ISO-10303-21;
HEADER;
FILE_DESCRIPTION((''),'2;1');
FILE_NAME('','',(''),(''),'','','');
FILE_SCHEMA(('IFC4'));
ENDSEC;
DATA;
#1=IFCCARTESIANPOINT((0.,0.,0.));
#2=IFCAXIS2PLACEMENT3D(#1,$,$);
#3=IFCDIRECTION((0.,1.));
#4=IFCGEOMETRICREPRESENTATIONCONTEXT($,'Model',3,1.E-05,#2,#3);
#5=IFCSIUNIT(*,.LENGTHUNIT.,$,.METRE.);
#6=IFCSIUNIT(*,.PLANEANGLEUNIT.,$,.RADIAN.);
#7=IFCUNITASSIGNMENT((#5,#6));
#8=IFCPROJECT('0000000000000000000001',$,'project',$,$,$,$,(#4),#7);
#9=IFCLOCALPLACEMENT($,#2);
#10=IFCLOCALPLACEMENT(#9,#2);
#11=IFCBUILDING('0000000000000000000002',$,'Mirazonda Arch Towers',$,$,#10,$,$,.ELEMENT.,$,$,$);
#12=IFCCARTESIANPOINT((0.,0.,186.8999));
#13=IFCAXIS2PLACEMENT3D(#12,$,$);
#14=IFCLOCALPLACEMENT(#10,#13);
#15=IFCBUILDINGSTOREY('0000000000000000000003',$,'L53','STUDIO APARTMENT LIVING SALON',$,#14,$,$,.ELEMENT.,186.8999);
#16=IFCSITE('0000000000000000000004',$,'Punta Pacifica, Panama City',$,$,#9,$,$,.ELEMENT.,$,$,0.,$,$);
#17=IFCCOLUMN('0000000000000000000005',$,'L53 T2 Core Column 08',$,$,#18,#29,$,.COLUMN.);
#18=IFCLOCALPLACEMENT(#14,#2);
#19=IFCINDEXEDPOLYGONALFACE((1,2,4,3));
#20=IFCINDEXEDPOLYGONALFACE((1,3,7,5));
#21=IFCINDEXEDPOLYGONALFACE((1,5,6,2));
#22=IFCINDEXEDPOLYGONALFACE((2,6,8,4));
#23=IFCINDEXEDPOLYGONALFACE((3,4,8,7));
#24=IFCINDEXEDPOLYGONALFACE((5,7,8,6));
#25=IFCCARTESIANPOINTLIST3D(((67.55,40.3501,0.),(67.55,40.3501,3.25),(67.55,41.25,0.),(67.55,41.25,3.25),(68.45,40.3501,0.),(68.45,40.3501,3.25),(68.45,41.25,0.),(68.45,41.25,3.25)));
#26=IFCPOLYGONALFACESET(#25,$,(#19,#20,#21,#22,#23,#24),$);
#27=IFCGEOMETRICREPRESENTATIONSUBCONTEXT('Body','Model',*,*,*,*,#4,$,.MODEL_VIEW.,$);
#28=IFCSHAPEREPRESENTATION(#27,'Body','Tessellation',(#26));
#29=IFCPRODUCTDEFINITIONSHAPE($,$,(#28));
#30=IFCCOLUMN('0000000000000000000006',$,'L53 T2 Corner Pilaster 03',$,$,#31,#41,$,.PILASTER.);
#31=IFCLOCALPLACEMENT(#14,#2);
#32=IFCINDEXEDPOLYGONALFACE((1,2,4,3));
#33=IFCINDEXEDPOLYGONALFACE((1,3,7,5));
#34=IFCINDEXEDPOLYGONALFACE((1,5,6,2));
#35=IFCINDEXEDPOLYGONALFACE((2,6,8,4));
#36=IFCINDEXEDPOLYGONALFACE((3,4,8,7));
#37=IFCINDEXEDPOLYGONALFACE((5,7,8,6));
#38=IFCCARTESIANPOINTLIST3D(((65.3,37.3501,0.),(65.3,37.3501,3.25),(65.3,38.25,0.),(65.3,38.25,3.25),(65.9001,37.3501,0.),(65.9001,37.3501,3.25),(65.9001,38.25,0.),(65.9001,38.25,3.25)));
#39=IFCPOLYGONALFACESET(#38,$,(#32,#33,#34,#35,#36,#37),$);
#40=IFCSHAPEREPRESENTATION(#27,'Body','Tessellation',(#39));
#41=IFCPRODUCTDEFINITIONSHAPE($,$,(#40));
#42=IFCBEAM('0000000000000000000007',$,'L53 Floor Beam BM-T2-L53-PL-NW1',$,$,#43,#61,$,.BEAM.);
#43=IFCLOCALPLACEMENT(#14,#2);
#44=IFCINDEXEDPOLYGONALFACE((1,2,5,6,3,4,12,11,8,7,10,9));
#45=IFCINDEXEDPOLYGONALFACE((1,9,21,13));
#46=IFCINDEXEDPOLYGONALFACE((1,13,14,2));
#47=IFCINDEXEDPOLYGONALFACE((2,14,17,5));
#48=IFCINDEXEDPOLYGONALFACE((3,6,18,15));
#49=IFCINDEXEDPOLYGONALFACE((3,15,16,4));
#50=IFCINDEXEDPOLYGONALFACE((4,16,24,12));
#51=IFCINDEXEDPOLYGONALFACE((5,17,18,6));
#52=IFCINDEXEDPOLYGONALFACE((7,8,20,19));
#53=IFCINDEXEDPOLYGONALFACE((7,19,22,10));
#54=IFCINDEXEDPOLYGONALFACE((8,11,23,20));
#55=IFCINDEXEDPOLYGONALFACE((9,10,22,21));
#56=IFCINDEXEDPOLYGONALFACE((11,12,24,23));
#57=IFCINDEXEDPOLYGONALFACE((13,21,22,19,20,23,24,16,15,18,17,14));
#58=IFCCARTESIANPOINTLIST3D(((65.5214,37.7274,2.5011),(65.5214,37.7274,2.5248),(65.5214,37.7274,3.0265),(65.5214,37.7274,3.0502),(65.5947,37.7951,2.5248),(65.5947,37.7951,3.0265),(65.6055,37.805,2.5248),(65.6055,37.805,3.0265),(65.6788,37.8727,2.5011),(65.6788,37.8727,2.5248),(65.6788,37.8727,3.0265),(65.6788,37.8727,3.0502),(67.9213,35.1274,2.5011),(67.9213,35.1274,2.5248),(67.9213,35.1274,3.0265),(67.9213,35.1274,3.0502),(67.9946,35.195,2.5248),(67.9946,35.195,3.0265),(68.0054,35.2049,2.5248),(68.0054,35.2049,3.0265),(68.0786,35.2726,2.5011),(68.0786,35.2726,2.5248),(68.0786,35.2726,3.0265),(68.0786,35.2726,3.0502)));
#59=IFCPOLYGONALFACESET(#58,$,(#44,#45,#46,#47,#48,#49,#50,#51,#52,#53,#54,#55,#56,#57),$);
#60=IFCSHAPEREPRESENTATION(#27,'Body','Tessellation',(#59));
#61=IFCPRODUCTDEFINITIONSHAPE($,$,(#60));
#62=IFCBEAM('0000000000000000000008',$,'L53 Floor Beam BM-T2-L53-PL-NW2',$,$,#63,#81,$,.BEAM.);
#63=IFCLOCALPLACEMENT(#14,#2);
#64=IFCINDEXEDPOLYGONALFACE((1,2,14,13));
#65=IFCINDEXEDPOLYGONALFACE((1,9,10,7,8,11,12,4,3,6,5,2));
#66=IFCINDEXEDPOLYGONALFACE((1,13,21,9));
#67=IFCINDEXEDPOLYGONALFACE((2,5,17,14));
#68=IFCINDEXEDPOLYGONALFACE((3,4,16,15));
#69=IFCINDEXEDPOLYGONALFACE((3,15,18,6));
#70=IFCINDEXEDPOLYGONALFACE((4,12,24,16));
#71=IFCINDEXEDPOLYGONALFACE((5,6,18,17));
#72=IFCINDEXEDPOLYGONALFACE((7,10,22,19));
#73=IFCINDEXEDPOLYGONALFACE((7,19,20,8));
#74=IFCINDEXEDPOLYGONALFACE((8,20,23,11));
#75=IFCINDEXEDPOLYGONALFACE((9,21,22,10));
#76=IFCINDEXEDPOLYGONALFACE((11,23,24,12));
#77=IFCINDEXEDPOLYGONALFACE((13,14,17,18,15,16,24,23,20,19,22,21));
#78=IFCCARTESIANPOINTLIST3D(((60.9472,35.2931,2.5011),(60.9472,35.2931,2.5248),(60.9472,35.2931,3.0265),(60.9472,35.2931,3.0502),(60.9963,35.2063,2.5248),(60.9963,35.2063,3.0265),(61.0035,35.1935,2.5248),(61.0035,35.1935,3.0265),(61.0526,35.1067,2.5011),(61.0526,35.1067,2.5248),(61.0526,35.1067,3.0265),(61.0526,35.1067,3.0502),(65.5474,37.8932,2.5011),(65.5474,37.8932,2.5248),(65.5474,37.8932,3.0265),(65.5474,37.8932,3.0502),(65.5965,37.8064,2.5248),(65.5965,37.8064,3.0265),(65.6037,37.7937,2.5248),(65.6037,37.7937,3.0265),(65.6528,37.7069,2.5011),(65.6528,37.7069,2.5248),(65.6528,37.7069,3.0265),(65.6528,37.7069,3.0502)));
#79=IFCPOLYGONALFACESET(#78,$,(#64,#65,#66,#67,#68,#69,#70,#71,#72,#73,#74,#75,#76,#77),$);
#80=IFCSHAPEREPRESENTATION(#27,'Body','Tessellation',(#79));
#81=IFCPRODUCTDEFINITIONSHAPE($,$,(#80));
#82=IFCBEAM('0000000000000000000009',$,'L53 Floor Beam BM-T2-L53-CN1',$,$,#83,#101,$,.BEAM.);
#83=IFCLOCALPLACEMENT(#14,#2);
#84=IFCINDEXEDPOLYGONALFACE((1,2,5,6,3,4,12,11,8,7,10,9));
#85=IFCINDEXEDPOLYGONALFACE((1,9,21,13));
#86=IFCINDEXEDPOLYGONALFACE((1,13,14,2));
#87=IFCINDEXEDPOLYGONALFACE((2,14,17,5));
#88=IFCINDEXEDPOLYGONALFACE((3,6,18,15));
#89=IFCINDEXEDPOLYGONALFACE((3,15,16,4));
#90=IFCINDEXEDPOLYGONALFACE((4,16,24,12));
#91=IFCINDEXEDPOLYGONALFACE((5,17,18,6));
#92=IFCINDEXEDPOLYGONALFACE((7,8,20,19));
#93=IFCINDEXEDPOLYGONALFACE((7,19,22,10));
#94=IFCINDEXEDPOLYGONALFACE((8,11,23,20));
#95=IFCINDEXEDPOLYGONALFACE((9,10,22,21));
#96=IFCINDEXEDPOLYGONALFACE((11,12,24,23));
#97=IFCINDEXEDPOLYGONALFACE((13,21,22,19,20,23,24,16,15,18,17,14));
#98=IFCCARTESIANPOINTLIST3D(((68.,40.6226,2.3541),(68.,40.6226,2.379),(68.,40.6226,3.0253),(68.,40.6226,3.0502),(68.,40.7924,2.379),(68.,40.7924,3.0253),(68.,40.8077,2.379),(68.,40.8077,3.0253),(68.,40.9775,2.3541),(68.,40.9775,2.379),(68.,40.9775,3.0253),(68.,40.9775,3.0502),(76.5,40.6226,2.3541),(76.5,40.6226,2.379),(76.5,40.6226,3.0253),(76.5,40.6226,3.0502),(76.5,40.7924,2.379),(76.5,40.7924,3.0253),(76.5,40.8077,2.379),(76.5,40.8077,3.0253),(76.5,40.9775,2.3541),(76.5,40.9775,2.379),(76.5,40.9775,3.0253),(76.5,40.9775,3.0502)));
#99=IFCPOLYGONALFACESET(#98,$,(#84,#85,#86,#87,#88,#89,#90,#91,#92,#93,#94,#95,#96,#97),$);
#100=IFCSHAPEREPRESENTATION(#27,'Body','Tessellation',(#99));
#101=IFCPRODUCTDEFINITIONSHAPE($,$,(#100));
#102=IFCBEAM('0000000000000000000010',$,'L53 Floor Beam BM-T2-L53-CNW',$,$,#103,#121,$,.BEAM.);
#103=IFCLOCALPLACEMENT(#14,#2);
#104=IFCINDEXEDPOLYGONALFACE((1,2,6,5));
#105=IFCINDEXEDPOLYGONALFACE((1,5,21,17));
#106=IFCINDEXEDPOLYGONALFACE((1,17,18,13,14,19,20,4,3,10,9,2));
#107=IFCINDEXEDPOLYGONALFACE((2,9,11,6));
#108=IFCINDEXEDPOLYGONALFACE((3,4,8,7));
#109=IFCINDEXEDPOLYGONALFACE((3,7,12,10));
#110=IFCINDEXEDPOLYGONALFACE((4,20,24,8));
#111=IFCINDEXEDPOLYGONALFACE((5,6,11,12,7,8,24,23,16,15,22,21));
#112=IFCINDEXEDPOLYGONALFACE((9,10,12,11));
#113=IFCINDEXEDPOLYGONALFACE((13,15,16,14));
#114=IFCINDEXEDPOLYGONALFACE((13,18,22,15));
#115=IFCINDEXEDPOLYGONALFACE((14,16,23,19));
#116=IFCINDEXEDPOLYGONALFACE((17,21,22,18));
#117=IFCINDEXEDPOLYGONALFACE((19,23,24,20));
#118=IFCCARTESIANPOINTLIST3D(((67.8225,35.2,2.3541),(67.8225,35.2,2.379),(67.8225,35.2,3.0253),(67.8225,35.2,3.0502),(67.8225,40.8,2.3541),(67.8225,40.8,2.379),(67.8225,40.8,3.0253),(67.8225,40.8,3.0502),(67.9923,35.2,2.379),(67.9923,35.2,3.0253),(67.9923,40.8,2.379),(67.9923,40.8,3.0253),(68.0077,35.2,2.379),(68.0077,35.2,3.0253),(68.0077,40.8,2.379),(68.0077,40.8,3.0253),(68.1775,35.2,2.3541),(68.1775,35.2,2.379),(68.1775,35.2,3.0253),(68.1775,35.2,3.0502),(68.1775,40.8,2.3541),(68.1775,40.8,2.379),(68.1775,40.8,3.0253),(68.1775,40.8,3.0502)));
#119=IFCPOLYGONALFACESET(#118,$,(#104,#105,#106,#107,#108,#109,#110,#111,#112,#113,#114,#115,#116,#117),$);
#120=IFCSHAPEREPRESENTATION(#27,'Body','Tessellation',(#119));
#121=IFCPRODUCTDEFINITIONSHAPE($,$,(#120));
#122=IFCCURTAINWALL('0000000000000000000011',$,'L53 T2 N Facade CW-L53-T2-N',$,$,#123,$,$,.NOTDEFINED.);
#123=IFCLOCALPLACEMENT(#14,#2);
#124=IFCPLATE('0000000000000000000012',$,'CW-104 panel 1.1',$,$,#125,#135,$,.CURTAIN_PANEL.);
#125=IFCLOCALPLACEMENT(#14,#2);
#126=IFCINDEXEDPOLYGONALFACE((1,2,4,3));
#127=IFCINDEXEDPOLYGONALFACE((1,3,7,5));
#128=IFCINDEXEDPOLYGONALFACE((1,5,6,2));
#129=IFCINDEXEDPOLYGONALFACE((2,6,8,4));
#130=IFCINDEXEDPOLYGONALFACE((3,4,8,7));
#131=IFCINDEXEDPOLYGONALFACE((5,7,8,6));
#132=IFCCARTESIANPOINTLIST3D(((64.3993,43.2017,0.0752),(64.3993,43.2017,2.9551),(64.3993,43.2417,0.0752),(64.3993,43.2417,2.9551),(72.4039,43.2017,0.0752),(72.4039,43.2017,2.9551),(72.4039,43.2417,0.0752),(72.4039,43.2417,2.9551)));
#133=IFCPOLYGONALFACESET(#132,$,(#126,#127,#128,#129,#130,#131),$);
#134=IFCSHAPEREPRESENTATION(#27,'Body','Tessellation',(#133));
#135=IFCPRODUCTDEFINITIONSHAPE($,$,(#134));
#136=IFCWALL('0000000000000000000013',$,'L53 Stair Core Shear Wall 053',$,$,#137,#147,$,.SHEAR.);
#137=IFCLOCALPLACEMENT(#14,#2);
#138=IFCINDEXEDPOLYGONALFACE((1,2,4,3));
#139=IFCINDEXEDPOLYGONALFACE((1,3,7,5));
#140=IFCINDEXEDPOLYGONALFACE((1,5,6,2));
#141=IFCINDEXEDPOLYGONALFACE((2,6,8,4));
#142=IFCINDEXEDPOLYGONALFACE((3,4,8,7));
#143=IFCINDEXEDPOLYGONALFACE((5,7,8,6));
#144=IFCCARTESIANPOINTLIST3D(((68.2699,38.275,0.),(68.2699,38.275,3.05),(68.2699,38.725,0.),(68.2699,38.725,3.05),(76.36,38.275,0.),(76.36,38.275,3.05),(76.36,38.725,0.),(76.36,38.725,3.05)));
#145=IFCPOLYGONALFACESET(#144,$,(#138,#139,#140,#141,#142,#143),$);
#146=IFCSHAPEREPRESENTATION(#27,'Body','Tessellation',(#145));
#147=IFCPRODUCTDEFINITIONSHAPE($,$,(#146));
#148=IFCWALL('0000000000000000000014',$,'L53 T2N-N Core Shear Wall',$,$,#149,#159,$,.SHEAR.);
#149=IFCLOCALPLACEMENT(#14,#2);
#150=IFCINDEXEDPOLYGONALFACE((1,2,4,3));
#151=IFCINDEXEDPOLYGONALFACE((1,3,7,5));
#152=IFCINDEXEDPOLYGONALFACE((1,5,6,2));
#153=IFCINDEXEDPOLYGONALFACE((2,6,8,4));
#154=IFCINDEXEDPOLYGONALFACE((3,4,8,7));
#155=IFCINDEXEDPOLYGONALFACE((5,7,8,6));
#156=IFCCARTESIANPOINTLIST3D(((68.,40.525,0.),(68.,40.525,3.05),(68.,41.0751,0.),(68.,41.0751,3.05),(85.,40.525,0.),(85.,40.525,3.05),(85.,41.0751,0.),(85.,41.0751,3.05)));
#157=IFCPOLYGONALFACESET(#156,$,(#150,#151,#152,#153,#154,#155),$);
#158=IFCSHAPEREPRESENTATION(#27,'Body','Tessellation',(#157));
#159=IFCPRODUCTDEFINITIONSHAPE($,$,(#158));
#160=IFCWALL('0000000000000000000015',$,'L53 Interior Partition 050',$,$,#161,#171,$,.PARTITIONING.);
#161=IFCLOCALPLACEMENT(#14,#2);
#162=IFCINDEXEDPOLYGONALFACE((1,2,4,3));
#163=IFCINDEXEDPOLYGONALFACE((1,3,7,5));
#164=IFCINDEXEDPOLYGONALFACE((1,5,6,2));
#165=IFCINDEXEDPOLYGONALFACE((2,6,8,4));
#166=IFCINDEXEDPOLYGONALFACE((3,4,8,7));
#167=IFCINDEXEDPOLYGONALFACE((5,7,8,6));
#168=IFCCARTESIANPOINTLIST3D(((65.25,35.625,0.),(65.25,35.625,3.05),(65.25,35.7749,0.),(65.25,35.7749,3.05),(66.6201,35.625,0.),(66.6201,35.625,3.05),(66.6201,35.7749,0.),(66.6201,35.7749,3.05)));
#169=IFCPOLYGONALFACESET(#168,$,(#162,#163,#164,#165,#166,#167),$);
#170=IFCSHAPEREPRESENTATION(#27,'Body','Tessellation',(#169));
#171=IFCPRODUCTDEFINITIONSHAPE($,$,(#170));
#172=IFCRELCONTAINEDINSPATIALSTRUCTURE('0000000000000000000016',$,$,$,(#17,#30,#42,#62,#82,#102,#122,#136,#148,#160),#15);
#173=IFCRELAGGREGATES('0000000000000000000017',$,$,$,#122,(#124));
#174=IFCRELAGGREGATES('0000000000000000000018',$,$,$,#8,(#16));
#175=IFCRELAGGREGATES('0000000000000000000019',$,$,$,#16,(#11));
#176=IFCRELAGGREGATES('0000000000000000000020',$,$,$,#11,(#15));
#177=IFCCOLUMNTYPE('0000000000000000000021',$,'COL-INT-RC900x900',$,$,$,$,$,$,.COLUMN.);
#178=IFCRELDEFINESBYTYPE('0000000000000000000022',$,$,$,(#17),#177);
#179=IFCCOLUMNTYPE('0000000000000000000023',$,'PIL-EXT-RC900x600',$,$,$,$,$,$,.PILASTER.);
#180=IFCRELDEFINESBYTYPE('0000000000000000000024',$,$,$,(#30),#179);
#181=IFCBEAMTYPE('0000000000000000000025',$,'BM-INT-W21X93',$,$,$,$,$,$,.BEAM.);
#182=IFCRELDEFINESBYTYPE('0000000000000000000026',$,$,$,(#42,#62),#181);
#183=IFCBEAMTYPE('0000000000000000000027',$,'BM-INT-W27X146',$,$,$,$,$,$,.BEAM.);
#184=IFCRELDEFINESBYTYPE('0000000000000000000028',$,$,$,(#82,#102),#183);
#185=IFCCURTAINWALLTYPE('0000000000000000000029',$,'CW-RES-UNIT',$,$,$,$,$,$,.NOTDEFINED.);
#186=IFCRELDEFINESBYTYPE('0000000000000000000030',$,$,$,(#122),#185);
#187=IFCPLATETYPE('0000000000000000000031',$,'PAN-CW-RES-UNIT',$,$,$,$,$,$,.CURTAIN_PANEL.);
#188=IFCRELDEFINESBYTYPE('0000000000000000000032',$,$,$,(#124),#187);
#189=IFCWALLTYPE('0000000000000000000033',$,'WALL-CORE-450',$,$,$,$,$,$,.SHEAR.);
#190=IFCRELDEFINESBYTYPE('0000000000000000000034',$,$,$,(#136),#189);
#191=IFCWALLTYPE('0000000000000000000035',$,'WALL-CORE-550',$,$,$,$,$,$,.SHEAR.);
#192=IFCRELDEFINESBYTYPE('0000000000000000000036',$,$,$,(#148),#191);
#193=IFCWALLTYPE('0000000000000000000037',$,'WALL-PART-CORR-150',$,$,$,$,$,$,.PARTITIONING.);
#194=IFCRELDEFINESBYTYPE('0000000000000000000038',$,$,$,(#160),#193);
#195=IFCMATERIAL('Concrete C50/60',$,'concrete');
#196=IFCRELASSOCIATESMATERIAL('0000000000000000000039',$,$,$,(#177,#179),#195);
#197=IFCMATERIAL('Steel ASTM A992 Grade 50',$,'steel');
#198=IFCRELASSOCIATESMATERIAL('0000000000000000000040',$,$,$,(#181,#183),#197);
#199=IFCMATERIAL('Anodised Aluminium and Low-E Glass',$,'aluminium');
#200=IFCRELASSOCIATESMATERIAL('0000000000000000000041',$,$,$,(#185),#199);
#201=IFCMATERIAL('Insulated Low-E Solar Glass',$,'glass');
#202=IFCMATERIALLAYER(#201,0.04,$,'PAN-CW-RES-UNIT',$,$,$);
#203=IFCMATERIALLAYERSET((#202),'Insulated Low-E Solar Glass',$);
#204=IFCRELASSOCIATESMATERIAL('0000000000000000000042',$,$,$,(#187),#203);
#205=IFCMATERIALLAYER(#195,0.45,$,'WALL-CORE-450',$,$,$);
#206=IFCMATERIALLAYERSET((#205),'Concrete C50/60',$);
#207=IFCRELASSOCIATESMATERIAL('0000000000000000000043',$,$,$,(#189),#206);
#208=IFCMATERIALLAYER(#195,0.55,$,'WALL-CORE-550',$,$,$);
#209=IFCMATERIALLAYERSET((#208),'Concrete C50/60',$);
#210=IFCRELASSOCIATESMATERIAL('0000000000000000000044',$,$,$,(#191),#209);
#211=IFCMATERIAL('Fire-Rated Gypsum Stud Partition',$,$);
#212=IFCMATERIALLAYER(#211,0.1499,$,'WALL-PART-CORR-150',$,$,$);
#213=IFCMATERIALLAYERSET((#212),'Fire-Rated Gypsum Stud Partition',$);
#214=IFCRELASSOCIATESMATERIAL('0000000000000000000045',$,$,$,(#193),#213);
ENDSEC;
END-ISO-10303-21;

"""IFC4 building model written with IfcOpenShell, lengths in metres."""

from ifc_helpers import new_model, si_unit, direction, frame, frame_2d, origin, origin_2d, place, context, subcontext, project, spatial, rectangle, i_section, extrude, material, layer, layer_set, material_profile, profile_set, type_object, element, aggregate, save


model = new_model("IFC4")

# Units and contexts
model_context = context("Model", 3, precision=1e-05, world=origin(), true_north=direction((0.0, 1.0)))
body_context = subcontext(model_context, "Body", "Model", "MODEL_VIEW")
ifc_project = project(units=[si_unit("LENGTHUNIT", "METRE"), si_unit("PLANEANGLEUNIT", "RADIAN")], contexts=[model_context])

# Site, building, storey
site_placement = place(None, origin())
site = spatial("IfcSite", under=ifc_project, at=site_placement, Name="Punta Pacifica, Panama City", CompositionType="ELEMENT", RefElevation=0.0)
building_placement = place(site_placement, origin())
building = spatial("IfcBuilding", under=site, at=building_placement, Name="Mirazonda Arch Towers", CompositionType="ELEMENT")
storey_placement = place(building_placement, frame((0.0, 0.0, 186.8999)))
storey = spatial("IfcBuildingStorey", under=building, at=storey_placement, Name="L53", Description="STUDIO APARTMENT LIVING SALON", CompositionType="ELEMENT", Elevation=186.8999)

# Columns
ifc_material_1 = material(Name="Concrete C50/60", Category="concrete")
ifc_material_profile_1 = material_profile(ifc_material_1, rectangle(XDim=0.8999, YDim=0.8999, at=origin_2d()), Name="RC900x900")
ifc_profile_set_1 = profile_set([ifc_material_profile_1], Name="Concrete C50/60")
column_type_1 = type_object("IfcColumnType", Name="COL-INT-RC900x900", PredefinedType="COLUMN", material=ifc_profile_set_1)
column_1_placement = place(storey_placement, frame((68.0, 40.8, 0.0), z_axis=(0.0, 0.0, 1.0), x_axis=(1.0, 0.0, 0.0)))
element("IfcColumn", 1, at=column_1_placement, inside=storey, type_object=column_type_1, Name="L53 T2 Core Column 08", PredefinedType="COLUMN", context=body_context, shape_type="SweptSolid", body=[
    extrude(rectangle(XDim=0.8999, YDim=0.8999, at=origin_2d()), origin(), (0.0, 0.0, 1.0), 3.25),
])
ifc_material_profile_2 = material_profile(ifc_material_1, rectangle(XDim=0.6001, YDim=0.8999, at=origin_2d()), Name="RC900x600")
ifc_profile_set_2 = profile_set([ifc_material_profile_2], Name="Concrete C50/60")
column_type_2 = type_object("IfcColumnType", Name="PIL-EXT-RC900x600", PredefinedType="PILASTER", material=ifc_profile_set_2)
column_2_placement = place(storey_placement, frame((65.6001, 37.8, 0.0), z_axis=(0.0, 0.0, 1.0), x_axis=(1.0, 0.0, 0.0)))
element("IfcColumn", 2, at=column_2_placement, inside=storey, type_object=column_type_2, Name="L53 T2 Corner Pilaster 03", PredefinedType="PILASTER", context=body_context, shape_type="SweptSolid", body=[
    extrude(rectangle(XDim=0.6001, YDim=0.8999, at=origin_2d()), origin(), (0.0, 0.0, 1.0), 3.25),
])

# Beams
ifc_material_2 = material(Name="Steel ASTM A992 Grade 50", Category="steel")
ifc_material_profile_3 = material_profile(ifc_material_2, i_section(OverallWidth=0.2141, OverallDepth=0.5491, WebThickness=0.0146, FlangeThickness=0.0237, at=origin_2d()), Name="W21X93")
ifc_profile_set_3 = profile_set([ifc_material_profile_3], Name="Steel ASTM A992 Grade 50")
beam_type_1 = type_object("IfcBeamType", Name="BM-INT-W21X93", PredefinedType="BEAM", material=ifc_profile_set_3)
beam_1_placement = place(storey_placement, frame((65.6001, 37.8, 2.7756), z_axis=(0.678251, -0.73483, 0.0), x_axis=(0.73483, 0.678251, 0.0)))
element("IfcBeam", 3, at=beam_1_placement, inside=storey, type_object=beam_type_1, Name="L53 Floor Beam BM-T2-L53-PL-NW1", PredefinedType="BEAM", context=body_context, shape_type="SweptSolid", body=[
    extrude(i_section(OverallWidth=0.2141, OverallDepth=0.5491, WebThickness=0.0146, FlangeThickness=0.0237, at=origin_2d()), origin(), (0.0, 0.0, 1.0), 3.5383),
])
beam_2_placement = place(storey_placement, frame((65.6001, 37.8, 2.7756), z_axis=(-0.870559, -0.492063, 0.0), x_axis=(0.492063, -0.870559, 0.0)))
element("IfcBeam", 4, at=beam_2_placement, inside=storey, type_object=beam_type_1, Name="L53 Floor Beam BM-T2-L53-PL-NW2", PredefinedType="BEAM", context=body_context, shape_type="SweptSolid", body=[
    extrude(i_section(OverallWidth=0.2141, OverallDepth=0.5491, WebThickness=0.0146, FlangeThickness=0.0237, at=origin_2d()), origin(), (0.0, 0.0, 1.0), 5.2842),
])
ifc_material_profile_4 = material_profile(ifc_material_2, i_section(OverallWidth=0.355, OverallDepth=0.696, WebThickness=0.0154, FlangeThickness=0.0249, at=origin_2d()), Name="W27X146")
ifc_profile_set_4 = profile_set([ifc_material_profile_4], Name="Steel ASTM A992 Grade 50")
beam_type_2 = type_object("IfcBeamType", Name="BM-INT-W27X146", PredefinedType="BEAM", material=ifc_profile_set_4)
beam_3_placement = place(storey_placement, frame((68.0, 40.8, 2.7021), z_axis=(1.0, 0.0, 0.0), x_axis=(0.0, 1.0, 0.0)))
element("IfcBeam", 5, at=beam_3_placement, inside=storey, type_object=beam_type_2, Name="L53 Floor Beam BM-T2-L53-CN1", PredefinedType="BEAM", context=body_context, shape_type="SweptSolid", body=[
    extrude(i_section(OverallWidth=0.355, OverallDepth=0.696, WebThickness=0.0154, FlangeThickness=0.0249, at=origin_2d()), origin(), (0.0, 0.0, 1.0), 8.5),
])
beam_4_placement = place(storey_placement, frame((68.0, 35.2, 2.7021), z_axis=(0.0, 1.0, 0.0), x_axis=(-1.0, 0.0, 0.0)))
element("IfcBeam", 6, at=beam_4_placement, inside=storey, type_object=beam_type_2, Name="L53 Floor Beam BM-T2-L53-CNW", PredefinedType="BEAM", context=body_context, shape_type="SweptSolid", body=[
    extrude(i_section(OverallWidth=0.355, OverallDepth=0.696, WebThickness=0.0154, FlangeThickness=0.0249, at=origin_2d()), origin(), (0.0, 0.0, 1.0), 5.6001),
])

# Curtain wall, plate
ifc_material_3 = material(Name="Anodised Aluminium and Low-E Glass", Category="aluminium")
curtain_wall_type = type_object("IfcCurtainWallType", Name="CW-RES-UNIT", PredefinedType="NOTDEFINED", material=ifc_material_3)
curtain_wall_placement = place(storey_placement, origin())
curtain_wall = element("IfcCurtainWall", 7, at=curtain_wall_placement, inside=storey, type_object=curtain_wall_type, Name="L53 T2 N Facade CW-L53-T2-N", PredefinedType="NOTDEFINED")
ifc_material_4 = material(Name="Insulated Low-E Solar Glass", Category="glass")
ifc_layer_1 = layer(ifc_material_4, 0.04, Name="PAN-CW-RES-UNIT")
ifc_layer_set_1 = layer_set([ifc_layer_1], Name="Insulated Low-E Solar Glass")
plate_type = type_object("IfcPlateType", Name="PAN-CW-RES-UNIT", PredefinedType="CURTAIN_PANEL", material=ifc_layer_set_1)
plate_placement = place(storey_placement, frame((68.4016, 43.2217, 0.0752), z_axis=(0.0, 0.0, 1.0), x_axis=(1.0, 0.0, 0.0)))
plate = element("IfcPlate", 8, at=plate_placement, type_object=plate_type, Name="CW-104 panel 1.1", PredefinedType="CURTAIN_PANEL", context=body_context, shape_type="SweptSolid", body=[
    extrude(rectangle(XDim=8.0046, YDim=0.04, at=origin_2d()), origin(), (0.0, 0.0, 1.0), 2.8799),
])
aggregate(curtain_wall, [plate])

# Walls
ifc_layer_2 = layer(ifc_material_1, 0.45, Name="WALL-CORE-450")
ifc_layer_set_2 = layer_set([ifc_layer_2], Name="Concrete C50/60")
wall_type_1 = type_object("IfcWallType", Name="WALL-CORE-450", PredefinedType="SHEAR", material=ifc_layer_set_2)
wall_1_placement = place(storey_placement, frame((68.27, 38.5, 0.0), z_axis=(0.0, 0.0, 1.0), x_axis=(1.0, 0.0, 0.0)))
element("IfcWall", 9, at=wall_1_placement, inside=storey, type_object=wall_type_1, Name="L53 Stair Core Shear Wall 053", PredefinedType="SHEAR", context=body_context, shape_type="SweptSolid", body=[
    extrude(rectangle(XDim=8.0901, YDim=0.45, at=frame_2d((4.0449, 0.0))), origin(), (0.0, 0.0, 1.0), 3.05),
])
ifc_layer_3 = layer(ifc_material_1, 0.55, Name="WALL-CORE-550")
ifc_layer_set_3 = layer_set([ifc_layer_3], Name="Concrete C50/60")
wall_type_2 = type_object("IfcWallType", Name="WALL-CORE-550", PredefinedType="SHEAR", material=ifc_layer_set_3)
wall_2_placement = place(storey_placement, frame((68.0, 40.8, 0.0), z_axis=(0.0, 0.0, 1.0), x_axis=(1.0, 0.0, 0.0)))
element("IfcWall", 10, at=wall_2_placement, inside=storey, type_object=wall_type_2, Name="L53 T2N-N Core Shear Wall", PredefinedType="SHEAR", context=body_context, shape_type="SweptSolid", body=[
    extrude(rectangle(XDim=17.0, YDim=0.55, at=frame_2d((8.5, 0.0))), origin(), (0.0, 0.0, 1.0), 3.05),
])
ifc_material_5 = material(Name="Fire-Rated Gypsum Stud Partition")
ifc_layer_4 = layer(ifc_material_5, 0.1499, Name="WALL-PART-CORR-150")
ifc_layer_set_4 = layer_set([ifc_layer_4], Name="Fire-Rated Gypsum Stud Partition")
wall_type_3 = type_object("IfcWallType", Name="WALL-PART-CORR-150", PredefinedType="PARTITIONING", material=ifc_layer_set_4)
wall_3_placement = place(storey_placement, frame((65.25, 35.7, 0.0), z_axis=(0.0, 0.0, 1.0), x_axis=(1.0, 0.0, 0.0)))
element("IfcWall", 11, at=wall_3_placement, inside=storey, type_object=wall_type_3, Name="L53 Interior Partition 050", PredefinedType="PARTITIONING", context=body_context, shape_type="SweptSolid", body=[
    extrude(rectangle(XDim=1.3701, YDim=0.1499, at=frame_2d((0.6851, 0.0))), origin(), (0.0, 0.0, 1.0), 3.05),
])

save(model, "model.ifc")
